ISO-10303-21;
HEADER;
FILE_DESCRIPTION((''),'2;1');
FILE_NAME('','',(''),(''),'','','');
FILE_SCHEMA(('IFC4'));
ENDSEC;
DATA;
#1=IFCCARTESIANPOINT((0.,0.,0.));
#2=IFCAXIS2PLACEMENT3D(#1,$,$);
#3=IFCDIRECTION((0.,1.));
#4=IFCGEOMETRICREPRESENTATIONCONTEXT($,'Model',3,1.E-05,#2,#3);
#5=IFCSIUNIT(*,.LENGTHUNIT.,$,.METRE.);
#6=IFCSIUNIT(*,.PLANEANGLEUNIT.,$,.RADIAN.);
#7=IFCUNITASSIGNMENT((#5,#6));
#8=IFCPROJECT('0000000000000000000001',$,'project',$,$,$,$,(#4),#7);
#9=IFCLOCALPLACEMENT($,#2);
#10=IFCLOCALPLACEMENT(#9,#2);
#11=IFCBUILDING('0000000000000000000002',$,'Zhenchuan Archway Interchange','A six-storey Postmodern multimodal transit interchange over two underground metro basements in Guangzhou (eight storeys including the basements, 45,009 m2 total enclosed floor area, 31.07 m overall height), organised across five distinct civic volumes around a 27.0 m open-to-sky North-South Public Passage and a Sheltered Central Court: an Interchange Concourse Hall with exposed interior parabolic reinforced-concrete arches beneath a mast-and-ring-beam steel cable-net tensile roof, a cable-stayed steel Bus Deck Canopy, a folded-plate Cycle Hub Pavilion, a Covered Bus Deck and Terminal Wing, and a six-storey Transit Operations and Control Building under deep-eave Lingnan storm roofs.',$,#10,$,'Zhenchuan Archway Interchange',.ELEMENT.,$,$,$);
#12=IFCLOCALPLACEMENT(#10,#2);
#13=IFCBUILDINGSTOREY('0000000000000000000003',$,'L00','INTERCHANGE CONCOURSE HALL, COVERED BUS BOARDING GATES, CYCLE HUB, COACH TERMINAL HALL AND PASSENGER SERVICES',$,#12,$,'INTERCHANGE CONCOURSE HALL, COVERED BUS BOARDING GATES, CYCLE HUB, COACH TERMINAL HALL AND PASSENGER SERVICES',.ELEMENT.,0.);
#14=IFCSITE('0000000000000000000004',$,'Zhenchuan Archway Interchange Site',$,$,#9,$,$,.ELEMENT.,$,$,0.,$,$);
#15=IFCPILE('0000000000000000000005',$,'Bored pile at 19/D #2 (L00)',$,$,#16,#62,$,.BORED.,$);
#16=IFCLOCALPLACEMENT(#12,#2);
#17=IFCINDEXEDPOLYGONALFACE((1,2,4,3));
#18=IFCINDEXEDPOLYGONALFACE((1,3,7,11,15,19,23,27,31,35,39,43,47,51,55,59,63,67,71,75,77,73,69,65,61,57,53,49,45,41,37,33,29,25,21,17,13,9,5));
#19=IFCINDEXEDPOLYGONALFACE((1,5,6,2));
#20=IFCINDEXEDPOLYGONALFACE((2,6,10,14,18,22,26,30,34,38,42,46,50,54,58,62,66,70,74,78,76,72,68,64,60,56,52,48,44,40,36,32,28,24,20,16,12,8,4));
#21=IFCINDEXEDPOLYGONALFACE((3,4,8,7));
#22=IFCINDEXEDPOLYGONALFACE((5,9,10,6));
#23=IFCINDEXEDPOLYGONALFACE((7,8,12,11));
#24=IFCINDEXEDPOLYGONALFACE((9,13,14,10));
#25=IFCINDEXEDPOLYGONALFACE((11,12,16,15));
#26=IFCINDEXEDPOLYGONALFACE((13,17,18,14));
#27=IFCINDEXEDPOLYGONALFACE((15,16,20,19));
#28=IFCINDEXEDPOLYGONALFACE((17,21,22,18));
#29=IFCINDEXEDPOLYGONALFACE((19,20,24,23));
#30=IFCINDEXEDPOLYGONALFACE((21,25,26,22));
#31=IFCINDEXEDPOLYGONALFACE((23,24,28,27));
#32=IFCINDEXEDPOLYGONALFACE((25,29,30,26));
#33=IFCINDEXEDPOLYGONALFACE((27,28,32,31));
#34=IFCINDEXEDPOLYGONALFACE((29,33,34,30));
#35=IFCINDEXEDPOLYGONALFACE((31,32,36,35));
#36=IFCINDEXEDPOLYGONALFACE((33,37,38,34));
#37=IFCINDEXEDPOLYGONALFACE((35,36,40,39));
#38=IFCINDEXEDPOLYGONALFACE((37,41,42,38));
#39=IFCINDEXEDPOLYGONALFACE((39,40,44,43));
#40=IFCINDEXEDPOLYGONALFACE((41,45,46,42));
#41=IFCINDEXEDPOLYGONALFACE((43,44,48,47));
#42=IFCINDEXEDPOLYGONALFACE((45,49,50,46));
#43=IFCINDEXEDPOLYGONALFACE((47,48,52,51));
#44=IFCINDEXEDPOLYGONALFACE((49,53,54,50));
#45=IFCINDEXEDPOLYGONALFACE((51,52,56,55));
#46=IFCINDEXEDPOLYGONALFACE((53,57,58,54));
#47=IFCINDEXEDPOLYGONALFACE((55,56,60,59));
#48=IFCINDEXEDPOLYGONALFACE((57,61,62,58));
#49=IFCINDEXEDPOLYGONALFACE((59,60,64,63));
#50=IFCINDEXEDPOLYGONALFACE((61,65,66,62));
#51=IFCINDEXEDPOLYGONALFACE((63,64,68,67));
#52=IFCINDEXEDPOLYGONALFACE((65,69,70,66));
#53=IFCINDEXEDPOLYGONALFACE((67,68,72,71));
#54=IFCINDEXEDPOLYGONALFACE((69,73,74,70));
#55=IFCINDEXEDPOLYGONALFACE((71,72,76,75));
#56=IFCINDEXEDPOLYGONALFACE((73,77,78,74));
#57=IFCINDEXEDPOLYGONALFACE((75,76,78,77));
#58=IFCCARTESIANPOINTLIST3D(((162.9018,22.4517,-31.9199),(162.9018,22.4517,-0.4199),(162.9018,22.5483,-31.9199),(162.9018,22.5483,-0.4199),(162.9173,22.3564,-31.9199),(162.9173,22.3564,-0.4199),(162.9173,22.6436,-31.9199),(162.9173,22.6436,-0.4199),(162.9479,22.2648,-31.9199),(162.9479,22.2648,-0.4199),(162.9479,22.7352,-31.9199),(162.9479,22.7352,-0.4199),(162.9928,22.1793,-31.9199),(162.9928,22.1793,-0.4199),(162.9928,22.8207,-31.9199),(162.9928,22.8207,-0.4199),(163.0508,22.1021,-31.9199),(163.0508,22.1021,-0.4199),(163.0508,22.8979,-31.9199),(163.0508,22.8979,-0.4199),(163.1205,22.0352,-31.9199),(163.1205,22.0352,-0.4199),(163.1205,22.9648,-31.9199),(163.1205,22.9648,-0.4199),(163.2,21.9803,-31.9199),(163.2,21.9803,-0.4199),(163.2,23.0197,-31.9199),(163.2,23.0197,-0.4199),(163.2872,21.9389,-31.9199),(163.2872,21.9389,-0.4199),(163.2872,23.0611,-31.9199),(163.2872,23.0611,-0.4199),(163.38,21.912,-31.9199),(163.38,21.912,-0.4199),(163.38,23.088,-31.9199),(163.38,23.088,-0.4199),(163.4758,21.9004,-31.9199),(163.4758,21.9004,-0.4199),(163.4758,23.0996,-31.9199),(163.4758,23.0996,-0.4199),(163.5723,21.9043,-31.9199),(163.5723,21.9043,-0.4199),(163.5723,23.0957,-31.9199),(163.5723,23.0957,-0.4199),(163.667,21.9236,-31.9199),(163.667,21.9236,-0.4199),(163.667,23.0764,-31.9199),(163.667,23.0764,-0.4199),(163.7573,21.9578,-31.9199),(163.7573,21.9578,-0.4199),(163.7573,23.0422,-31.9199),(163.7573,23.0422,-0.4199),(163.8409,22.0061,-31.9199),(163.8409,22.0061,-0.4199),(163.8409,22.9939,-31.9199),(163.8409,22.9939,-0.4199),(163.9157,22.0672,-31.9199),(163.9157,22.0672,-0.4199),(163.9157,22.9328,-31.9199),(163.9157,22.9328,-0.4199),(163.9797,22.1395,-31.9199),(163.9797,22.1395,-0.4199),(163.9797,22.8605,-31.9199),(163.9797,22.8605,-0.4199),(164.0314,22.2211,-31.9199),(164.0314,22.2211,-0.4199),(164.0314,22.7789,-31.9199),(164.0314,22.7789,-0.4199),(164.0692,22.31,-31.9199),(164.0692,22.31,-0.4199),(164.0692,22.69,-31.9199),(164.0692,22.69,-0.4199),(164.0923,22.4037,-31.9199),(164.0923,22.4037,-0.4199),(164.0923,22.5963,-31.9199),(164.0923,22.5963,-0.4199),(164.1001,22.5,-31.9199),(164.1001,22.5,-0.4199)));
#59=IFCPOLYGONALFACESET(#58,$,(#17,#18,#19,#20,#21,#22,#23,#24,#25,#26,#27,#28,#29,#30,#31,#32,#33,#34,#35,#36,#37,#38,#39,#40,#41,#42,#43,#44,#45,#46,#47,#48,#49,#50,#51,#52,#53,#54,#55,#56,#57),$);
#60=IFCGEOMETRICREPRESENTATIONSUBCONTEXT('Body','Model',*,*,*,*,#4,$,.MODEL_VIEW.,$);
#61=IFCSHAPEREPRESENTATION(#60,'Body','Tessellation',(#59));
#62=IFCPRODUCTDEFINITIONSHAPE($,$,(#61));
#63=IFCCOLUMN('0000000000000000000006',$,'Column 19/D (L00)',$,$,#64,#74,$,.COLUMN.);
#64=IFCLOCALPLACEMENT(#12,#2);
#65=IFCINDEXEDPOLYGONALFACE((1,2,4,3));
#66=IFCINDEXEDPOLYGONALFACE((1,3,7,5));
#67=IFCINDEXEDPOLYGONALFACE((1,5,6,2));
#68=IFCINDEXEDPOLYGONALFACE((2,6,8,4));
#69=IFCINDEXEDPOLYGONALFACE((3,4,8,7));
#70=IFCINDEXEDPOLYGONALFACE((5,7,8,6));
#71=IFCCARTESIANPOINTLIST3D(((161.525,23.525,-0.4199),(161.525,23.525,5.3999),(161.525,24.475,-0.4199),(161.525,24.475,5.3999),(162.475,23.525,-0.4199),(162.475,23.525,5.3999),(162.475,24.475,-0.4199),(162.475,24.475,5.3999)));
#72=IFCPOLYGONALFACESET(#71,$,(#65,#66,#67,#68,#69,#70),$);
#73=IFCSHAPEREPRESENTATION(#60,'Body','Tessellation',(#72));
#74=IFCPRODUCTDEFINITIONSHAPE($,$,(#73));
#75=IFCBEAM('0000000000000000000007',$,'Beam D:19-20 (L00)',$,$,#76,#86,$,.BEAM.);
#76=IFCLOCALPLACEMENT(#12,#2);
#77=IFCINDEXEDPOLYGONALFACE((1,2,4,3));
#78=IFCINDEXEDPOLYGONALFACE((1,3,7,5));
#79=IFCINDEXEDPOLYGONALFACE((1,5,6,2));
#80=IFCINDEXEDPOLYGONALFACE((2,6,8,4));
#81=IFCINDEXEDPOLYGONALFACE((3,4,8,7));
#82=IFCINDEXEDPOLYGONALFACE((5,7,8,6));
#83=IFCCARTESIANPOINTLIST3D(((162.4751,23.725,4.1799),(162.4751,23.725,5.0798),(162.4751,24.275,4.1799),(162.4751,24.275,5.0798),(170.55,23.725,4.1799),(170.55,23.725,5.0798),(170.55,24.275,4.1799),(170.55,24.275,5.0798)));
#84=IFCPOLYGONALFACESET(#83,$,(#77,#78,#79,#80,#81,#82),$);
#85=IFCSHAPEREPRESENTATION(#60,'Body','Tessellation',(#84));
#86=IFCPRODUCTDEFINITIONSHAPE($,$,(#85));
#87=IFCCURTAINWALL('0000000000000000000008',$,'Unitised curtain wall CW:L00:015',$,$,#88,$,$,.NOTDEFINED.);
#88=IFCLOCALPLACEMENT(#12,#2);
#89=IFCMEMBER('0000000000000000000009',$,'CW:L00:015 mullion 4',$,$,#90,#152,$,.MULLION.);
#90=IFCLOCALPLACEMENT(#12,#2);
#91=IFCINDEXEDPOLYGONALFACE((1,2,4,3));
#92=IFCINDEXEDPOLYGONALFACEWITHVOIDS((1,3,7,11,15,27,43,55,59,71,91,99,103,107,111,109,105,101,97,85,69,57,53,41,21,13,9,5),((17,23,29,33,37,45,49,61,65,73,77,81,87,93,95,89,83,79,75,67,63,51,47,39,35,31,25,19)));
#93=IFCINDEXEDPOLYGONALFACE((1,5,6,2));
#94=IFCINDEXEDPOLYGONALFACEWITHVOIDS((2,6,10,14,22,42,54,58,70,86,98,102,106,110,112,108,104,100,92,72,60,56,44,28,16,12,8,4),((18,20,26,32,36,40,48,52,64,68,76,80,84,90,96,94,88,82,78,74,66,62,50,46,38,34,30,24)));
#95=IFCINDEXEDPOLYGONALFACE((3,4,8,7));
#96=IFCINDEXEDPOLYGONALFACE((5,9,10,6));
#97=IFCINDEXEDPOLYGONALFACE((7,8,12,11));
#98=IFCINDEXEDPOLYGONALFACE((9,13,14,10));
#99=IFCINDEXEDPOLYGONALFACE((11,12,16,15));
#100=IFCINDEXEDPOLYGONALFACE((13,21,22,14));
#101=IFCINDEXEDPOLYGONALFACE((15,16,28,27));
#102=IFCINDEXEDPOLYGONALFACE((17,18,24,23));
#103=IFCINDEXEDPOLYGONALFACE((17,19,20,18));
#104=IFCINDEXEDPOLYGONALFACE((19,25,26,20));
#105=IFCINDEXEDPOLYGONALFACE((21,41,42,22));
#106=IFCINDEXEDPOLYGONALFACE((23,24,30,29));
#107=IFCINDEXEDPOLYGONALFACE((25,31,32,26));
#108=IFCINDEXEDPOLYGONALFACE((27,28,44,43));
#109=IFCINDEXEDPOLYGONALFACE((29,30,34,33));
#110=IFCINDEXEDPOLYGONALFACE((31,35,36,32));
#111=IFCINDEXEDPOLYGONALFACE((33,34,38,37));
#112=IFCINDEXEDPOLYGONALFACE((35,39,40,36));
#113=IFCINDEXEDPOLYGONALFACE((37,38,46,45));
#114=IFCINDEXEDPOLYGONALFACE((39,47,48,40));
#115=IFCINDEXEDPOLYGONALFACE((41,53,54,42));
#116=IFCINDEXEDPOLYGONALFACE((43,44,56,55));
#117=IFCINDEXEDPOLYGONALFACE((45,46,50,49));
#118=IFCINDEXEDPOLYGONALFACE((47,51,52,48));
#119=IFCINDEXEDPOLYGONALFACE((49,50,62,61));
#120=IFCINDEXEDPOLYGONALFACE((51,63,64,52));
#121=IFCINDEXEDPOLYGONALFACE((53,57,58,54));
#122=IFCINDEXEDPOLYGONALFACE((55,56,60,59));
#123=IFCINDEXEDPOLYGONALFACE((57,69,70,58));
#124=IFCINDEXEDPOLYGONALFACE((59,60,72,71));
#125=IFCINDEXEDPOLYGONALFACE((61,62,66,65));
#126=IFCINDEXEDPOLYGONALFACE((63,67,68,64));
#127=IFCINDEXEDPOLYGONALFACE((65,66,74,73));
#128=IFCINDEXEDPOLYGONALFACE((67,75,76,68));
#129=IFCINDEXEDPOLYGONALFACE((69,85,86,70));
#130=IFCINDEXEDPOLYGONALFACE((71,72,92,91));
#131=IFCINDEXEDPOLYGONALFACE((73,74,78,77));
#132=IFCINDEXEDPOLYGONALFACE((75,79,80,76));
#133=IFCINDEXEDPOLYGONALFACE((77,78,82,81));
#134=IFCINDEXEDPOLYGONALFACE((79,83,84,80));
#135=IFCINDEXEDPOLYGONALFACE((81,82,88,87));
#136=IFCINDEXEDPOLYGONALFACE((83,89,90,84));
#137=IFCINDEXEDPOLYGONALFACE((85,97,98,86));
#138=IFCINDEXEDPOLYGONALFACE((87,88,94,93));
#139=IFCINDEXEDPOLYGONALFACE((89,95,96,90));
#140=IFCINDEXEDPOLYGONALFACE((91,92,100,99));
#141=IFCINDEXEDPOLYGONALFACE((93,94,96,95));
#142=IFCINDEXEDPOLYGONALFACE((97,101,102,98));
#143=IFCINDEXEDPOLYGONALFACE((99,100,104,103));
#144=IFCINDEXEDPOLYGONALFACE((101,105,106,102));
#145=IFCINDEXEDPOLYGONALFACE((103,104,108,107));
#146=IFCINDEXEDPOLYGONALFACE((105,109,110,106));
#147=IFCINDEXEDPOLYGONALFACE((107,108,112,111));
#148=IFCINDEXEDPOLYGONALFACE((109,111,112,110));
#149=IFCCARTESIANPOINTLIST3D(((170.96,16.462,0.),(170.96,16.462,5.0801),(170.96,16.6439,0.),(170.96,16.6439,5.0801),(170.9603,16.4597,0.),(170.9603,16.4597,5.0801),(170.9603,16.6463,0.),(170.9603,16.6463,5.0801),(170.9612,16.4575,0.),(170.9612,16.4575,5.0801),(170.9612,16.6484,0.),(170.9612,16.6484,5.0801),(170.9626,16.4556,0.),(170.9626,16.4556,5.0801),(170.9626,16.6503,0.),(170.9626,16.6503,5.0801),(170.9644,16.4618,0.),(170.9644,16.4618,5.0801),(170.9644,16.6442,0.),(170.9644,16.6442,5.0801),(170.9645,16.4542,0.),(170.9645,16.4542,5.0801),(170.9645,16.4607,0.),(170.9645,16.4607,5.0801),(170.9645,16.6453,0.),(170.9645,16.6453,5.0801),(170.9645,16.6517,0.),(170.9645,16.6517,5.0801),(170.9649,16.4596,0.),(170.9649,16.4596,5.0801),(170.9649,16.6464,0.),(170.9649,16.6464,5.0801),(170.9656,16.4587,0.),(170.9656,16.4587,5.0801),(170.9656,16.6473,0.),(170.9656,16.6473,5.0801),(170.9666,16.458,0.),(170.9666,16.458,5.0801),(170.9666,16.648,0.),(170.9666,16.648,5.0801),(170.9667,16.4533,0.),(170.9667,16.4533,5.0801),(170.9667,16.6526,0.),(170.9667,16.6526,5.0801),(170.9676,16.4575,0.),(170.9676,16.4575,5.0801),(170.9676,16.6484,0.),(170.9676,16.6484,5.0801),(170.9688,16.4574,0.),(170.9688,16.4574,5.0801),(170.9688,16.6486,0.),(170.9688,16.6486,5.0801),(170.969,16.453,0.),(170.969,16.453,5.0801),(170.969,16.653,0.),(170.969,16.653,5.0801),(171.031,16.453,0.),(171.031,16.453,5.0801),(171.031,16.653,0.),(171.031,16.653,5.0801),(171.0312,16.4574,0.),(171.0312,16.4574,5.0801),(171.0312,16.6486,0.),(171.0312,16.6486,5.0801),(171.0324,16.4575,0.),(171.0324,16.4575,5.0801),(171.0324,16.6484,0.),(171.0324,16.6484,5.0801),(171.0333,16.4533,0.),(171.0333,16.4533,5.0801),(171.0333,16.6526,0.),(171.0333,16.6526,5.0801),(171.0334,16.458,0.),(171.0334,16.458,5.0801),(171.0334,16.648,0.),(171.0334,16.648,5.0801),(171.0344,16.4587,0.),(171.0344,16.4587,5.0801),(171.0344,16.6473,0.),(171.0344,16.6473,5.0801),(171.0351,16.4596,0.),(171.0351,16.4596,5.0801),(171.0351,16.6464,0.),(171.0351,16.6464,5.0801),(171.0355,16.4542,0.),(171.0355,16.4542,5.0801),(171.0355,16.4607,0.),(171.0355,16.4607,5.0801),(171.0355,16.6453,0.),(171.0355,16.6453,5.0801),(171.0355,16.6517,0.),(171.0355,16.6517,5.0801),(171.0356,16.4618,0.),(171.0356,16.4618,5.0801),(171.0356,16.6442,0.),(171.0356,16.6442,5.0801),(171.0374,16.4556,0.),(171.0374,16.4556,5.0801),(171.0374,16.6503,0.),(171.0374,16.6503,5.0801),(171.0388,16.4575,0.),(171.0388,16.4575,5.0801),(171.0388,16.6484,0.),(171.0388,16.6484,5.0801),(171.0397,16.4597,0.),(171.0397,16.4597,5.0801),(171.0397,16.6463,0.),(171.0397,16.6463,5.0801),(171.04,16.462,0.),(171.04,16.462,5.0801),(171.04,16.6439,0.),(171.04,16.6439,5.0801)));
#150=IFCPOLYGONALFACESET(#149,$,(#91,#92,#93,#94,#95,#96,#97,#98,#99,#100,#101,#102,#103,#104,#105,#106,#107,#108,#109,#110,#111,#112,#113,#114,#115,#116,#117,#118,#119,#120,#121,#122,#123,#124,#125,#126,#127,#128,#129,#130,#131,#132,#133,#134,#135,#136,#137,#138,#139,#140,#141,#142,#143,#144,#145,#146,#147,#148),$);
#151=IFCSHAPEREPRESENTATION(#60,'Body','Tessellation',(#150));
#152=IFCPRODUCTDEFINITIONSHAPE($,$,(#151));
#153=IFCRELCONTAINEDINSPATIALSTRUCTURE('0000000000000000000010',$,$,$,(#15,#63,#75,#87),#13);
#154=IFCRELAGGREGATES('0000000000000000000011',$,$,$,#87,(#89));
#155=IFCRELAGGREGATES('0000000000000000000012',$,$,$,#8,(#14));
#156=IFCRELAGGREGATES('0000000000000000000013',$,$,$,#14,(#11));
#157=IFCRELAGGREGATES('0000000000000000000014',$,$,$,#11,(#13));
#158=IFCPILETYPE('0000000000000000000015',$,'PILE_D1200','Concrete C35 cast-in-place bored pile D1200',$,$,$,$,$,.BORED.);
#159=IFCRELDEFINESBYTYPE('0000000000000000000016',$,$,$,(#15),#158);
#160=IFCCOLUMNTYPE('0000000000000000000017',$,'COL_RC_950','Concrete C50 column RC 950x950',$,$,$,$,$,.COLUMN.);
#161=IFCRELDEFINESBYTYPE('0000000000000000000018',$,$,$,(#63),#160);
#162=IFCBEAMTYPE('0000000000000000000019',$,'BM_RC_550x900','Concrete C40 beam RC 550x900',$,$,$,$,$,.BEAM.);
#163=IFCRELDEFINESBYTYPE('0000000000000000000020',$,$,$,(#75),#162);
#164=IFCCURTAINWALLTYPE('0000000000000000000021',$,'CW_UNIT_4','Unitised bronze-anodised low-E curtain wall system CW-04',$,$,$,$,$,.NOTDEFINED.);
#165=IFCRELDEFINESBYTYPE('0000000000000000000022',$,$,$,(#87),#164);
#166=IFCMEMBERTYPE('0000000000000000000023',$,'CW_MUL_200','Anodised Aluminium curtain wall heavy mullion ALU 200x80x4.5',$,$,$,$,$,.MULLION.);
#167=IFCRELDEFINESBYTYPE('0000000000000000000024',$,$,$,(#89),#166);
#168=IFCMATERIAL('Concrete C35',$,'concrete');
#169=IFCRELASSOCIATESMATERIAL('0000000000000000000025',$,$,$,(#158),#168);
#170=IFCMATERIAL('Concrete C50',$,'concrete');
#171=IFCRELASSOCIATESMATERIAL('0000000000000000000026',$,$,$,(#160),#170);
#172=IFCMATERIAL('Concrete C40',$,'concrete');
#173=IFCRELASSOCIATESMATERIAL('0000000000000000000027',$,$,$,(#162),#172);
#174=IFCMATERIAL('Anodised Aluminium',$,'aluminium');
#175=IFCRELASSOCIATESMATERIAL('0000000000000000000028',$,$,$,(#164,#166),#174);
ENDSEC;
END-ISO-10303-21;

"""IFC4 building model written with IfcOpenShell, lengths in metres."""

from ifc_helpers import new_model, si_unit, direction, frame, origin, origin_2d, place, context, subcontext, project, spatial, rectangle, hollow_rectangle, circle, extrude, material, material_profile, profile_set, type_object, element, aggregate, save


model = new_model("IFC4")

# Units and contexts
model_context = context("Model", 3, precision=1e-05, world=origin(), true_north=direction((0.0, 1.0)))
body_context = subcontext(model_context, "Body", "Model", "MODEL_VIEW")
ifc_project = project(units=[si_unit("LENGTHUNIT", "METRE"), si_unit("PLANEANGLEUNIT", "RADIAN")], contexts=[model_context])

# Site, building, storey
site_placement = place(None, origin())
site = spatial("IfcSite", under=ifc_project, at=site_placement, Name="Zhenchuan Archway Interchange Site", CompositionType="ELEMENT", RefElevation=0.0)
building_placement = place(site_placement, origin())
building = spatial("IfcBuilding", under=site, at=building_placement, Name="Zhenchuan Archway Interchange", Description="A six-storey Postmodern multimodal transit interchange over two underground metro basements in Guangzhou (eight storeys including the basements, 45,009 m2 total enclosed floor area, 31.07 m overall height), organised across five distinct civic volumes around a 27.0 m open-to-sky North-South Public Passage and a Sheltered Central Court: an Interchange Concourse Hall with exposed interior parabolic reinforced-concrete arches beneath a mast-and-ring-beam steel cable-net tensile roof, a cable-stayed steel Bus Deck Canopy, a folded-plate Cycle Hub Pavilion, a Covered Bus Deck and Terminal Wing, and a six-storey Transit Operations and Control Building under deep-eave Lingnan storm roofs.", LongName="Zhenchuan Archway Interchange", CompositionType="ELEMENT")
storey_placement = place(building_placement, origin())
storey = spatial("IfcBuildingStorey", under=building, at=storey_placement, Name="L00", Description="INTERCHANGE CONCOURSE HALL, COVERED BUS BOARDING GATES, CYCLE HUB, COACH TERMINAL HALL AND PASSENGER SERVICES", LongName="INTERCHANGE CONCOURSE HALL, COVERED BUS BOARDING GATES, CYCLE HUB, COACH TERMINAL HALL AND PASSENGER SERVICES", CompositionType="ELEMENT", Elevation=0.0)

# Shared definitions
ifc_material_1 = material(Name="Concrete C40", Category="concrete")

# Pile
ifc_material_2 = material(Name="Concrete C35", Category="concrete")
ifc_material_profile_1 = material_profile(ifc_material_2, circle(Radius=0.6001, at=origin_2d()), Name="BORED PILE 1200")
ifc_profile_set_1 = profile_set([ifc_material_profile_1], Name="Concrete C35")
pile_type_1 = type_object("IfcPileType", Name="PILE_D1200", Description="Concrete C35 cast-in-place bored pile D1200", PredefinedType="BORED", material=ifc_profile_set_1)
for number, where, z_axis, x_axis, name in (
    (1, (163.5, 22.5, -0.4199), (0.0, 0.0, -1.0), (1.0, 0.0, 0.0), "Bored pile at 19/D #2 (L00)"),
):
    element("IfcPile", number, at=place(storey_placement, frame(where, z_axis=z_axis, x_axis=x_axis)), inside=storey, type_object=pile_type_1, Name=name, PredefinedType="BORED", context=body_context, shape_type="SweptSolid", body=[
        extrude(circle(Radius=0.6001, at=origin_2d()), origin(), (0.0, 0.0, 1.0), 31.5),
    ])

# Column
ifc_material_3 = material(Name="Concrete C50", Category="concrete")
ifc_material_profile_2 = material_profile(ifc_material_3, rectangle(XDim=0.95, YDim=0.95, at=origin_2d()), Name="RC 950x950")
ifc_profile_set_2 = profile_set([ifc_material_profile_2], Name="Concrete C50")
column_type = type_object("IfcColumnType", Name="COL_RC_950", Description="Concrete C50 column RC 950x950", PredefinedType="COLUMN", material=ifc_profile_set_2)
column_placement = place(storey_placement, frame((162.0, 24.0, -0.4199), z_axis=(0.0, 0.0, 1.0), x_axis=(1.0, 0.0, 0.0)))
element("IfcColumn", 2, at=column_placement, inside=storey, type_object=column_type, Name="Column 19/D (L00)", PredefinedType="COLUMN", context=body_context, shape_type="SweptSolid", body=[
    extrude(rectangle(XDim=0.95, YDim=0.95, at=origin_2d()), origin(), (0.0, 0.0, 1.0), 5.8198),
])

# Beam
ifc_material_profile_3 = material_profile(ifc_material_1, rectangle(XDim=0.55, YDim=0.8999, at=origin_2d()), Name="RC 550x900")
ifc_profile_set_3 = profile_set([ifc_material_profile_3], Name="Concrete C40")
beam_type_1 = type_object("IfcBeamType", Name="BM_RC_550x900", Description="Concrete C40 beam RC 550x900", PredefinedType="BEAM", material=ifc_profile_set_3)
beam_1_placement = place(storey_placement, frame((162.4751, 24.0, 4.6299), z_axis=(1.0, 0.0, 0.0), x_axis=(0.0, 1.0, 0.0)))
element("IfcBeam", 3, at=beam_1_placement, inside=storey, type_object=beam_type_1, Name="Beam D:19-20 (L00)", PredefinedType="BEAM", context=body_context, shape_type="SweptSolid", body=[
    extrude(rectangle(XDim=0.55, YDim=0.8999, at=origin_2d()), origin(), (0.0, 0.0, 1.0), 8.075),
])

# Curtain wall, member
ifc_material_4 = material(Name="Anodised Aluminium", Category="aluminium")
curtain_wall_type = type_object("IfcCurtainWallType", Name="CW_UNIT_4", Description="Unitised bronze-anodised low-E curtain wall system CW-04", PredefinedType="NOTDEFINED", material=ifc_material_4)
curtain_wall_placement = place(storey_placement, origin())
curtain_wall = element("IfcCurtainWall", 4, at=curtain_wall_placement, inside=storey, type_object=curtain_wall_type, Name="Unitised curtain wall CW:L00:015", PredefinedType="NOTDEFINED")
ifc_material_profile_4 = material_profile(ifc_material_4, hollow_rectangle(XDim=0.0801, YDim=0.2, WallThickness=0.0044, InnerFilletRadius=0.0044, OuterFilletRadius=0.009, at=origin_2d()), Name="ALU 200x80x4.5")
ifc_profile_set_4 = profile_set([ifc_material_profile_4], Name="Anodised Aluminium")
member_type_1 = type_object("IfcMemberType", Name="CW_MUL_200", Description="Anodised Aluminium curtain wall heavy mullion ALU 200x80x4.5", PredefinedType="MULLION", material=ifc_profile_set_4)
member_1_placement = place(storey_placement, frame((171.0, 16.553, 0.0), z_axis=(0.0, 0.0, 1.0), x_axis=(1.0, 0.0, 0.0)))
member_1 = element("IfcMember", 5, at=member_1_placement, type_object=member_type_1, Name="CW:L00:015 mullion 4", PredefinedType="MULLION", context=body_context, shape_type="SweptSolid", body=[
    extrude(hollow_rectangle(XDim=0.0801, YDim=0.2, WallThickness=0.0044, InnerFilletRadius=0.0044, OuterFilletRadius=0.009, at=origin_2d()), origin(), (0.0, 0.0, 1.0), 5.0801),
])

aggregate(curtain_wall, [member_1])

save(model, "model.ifc")
